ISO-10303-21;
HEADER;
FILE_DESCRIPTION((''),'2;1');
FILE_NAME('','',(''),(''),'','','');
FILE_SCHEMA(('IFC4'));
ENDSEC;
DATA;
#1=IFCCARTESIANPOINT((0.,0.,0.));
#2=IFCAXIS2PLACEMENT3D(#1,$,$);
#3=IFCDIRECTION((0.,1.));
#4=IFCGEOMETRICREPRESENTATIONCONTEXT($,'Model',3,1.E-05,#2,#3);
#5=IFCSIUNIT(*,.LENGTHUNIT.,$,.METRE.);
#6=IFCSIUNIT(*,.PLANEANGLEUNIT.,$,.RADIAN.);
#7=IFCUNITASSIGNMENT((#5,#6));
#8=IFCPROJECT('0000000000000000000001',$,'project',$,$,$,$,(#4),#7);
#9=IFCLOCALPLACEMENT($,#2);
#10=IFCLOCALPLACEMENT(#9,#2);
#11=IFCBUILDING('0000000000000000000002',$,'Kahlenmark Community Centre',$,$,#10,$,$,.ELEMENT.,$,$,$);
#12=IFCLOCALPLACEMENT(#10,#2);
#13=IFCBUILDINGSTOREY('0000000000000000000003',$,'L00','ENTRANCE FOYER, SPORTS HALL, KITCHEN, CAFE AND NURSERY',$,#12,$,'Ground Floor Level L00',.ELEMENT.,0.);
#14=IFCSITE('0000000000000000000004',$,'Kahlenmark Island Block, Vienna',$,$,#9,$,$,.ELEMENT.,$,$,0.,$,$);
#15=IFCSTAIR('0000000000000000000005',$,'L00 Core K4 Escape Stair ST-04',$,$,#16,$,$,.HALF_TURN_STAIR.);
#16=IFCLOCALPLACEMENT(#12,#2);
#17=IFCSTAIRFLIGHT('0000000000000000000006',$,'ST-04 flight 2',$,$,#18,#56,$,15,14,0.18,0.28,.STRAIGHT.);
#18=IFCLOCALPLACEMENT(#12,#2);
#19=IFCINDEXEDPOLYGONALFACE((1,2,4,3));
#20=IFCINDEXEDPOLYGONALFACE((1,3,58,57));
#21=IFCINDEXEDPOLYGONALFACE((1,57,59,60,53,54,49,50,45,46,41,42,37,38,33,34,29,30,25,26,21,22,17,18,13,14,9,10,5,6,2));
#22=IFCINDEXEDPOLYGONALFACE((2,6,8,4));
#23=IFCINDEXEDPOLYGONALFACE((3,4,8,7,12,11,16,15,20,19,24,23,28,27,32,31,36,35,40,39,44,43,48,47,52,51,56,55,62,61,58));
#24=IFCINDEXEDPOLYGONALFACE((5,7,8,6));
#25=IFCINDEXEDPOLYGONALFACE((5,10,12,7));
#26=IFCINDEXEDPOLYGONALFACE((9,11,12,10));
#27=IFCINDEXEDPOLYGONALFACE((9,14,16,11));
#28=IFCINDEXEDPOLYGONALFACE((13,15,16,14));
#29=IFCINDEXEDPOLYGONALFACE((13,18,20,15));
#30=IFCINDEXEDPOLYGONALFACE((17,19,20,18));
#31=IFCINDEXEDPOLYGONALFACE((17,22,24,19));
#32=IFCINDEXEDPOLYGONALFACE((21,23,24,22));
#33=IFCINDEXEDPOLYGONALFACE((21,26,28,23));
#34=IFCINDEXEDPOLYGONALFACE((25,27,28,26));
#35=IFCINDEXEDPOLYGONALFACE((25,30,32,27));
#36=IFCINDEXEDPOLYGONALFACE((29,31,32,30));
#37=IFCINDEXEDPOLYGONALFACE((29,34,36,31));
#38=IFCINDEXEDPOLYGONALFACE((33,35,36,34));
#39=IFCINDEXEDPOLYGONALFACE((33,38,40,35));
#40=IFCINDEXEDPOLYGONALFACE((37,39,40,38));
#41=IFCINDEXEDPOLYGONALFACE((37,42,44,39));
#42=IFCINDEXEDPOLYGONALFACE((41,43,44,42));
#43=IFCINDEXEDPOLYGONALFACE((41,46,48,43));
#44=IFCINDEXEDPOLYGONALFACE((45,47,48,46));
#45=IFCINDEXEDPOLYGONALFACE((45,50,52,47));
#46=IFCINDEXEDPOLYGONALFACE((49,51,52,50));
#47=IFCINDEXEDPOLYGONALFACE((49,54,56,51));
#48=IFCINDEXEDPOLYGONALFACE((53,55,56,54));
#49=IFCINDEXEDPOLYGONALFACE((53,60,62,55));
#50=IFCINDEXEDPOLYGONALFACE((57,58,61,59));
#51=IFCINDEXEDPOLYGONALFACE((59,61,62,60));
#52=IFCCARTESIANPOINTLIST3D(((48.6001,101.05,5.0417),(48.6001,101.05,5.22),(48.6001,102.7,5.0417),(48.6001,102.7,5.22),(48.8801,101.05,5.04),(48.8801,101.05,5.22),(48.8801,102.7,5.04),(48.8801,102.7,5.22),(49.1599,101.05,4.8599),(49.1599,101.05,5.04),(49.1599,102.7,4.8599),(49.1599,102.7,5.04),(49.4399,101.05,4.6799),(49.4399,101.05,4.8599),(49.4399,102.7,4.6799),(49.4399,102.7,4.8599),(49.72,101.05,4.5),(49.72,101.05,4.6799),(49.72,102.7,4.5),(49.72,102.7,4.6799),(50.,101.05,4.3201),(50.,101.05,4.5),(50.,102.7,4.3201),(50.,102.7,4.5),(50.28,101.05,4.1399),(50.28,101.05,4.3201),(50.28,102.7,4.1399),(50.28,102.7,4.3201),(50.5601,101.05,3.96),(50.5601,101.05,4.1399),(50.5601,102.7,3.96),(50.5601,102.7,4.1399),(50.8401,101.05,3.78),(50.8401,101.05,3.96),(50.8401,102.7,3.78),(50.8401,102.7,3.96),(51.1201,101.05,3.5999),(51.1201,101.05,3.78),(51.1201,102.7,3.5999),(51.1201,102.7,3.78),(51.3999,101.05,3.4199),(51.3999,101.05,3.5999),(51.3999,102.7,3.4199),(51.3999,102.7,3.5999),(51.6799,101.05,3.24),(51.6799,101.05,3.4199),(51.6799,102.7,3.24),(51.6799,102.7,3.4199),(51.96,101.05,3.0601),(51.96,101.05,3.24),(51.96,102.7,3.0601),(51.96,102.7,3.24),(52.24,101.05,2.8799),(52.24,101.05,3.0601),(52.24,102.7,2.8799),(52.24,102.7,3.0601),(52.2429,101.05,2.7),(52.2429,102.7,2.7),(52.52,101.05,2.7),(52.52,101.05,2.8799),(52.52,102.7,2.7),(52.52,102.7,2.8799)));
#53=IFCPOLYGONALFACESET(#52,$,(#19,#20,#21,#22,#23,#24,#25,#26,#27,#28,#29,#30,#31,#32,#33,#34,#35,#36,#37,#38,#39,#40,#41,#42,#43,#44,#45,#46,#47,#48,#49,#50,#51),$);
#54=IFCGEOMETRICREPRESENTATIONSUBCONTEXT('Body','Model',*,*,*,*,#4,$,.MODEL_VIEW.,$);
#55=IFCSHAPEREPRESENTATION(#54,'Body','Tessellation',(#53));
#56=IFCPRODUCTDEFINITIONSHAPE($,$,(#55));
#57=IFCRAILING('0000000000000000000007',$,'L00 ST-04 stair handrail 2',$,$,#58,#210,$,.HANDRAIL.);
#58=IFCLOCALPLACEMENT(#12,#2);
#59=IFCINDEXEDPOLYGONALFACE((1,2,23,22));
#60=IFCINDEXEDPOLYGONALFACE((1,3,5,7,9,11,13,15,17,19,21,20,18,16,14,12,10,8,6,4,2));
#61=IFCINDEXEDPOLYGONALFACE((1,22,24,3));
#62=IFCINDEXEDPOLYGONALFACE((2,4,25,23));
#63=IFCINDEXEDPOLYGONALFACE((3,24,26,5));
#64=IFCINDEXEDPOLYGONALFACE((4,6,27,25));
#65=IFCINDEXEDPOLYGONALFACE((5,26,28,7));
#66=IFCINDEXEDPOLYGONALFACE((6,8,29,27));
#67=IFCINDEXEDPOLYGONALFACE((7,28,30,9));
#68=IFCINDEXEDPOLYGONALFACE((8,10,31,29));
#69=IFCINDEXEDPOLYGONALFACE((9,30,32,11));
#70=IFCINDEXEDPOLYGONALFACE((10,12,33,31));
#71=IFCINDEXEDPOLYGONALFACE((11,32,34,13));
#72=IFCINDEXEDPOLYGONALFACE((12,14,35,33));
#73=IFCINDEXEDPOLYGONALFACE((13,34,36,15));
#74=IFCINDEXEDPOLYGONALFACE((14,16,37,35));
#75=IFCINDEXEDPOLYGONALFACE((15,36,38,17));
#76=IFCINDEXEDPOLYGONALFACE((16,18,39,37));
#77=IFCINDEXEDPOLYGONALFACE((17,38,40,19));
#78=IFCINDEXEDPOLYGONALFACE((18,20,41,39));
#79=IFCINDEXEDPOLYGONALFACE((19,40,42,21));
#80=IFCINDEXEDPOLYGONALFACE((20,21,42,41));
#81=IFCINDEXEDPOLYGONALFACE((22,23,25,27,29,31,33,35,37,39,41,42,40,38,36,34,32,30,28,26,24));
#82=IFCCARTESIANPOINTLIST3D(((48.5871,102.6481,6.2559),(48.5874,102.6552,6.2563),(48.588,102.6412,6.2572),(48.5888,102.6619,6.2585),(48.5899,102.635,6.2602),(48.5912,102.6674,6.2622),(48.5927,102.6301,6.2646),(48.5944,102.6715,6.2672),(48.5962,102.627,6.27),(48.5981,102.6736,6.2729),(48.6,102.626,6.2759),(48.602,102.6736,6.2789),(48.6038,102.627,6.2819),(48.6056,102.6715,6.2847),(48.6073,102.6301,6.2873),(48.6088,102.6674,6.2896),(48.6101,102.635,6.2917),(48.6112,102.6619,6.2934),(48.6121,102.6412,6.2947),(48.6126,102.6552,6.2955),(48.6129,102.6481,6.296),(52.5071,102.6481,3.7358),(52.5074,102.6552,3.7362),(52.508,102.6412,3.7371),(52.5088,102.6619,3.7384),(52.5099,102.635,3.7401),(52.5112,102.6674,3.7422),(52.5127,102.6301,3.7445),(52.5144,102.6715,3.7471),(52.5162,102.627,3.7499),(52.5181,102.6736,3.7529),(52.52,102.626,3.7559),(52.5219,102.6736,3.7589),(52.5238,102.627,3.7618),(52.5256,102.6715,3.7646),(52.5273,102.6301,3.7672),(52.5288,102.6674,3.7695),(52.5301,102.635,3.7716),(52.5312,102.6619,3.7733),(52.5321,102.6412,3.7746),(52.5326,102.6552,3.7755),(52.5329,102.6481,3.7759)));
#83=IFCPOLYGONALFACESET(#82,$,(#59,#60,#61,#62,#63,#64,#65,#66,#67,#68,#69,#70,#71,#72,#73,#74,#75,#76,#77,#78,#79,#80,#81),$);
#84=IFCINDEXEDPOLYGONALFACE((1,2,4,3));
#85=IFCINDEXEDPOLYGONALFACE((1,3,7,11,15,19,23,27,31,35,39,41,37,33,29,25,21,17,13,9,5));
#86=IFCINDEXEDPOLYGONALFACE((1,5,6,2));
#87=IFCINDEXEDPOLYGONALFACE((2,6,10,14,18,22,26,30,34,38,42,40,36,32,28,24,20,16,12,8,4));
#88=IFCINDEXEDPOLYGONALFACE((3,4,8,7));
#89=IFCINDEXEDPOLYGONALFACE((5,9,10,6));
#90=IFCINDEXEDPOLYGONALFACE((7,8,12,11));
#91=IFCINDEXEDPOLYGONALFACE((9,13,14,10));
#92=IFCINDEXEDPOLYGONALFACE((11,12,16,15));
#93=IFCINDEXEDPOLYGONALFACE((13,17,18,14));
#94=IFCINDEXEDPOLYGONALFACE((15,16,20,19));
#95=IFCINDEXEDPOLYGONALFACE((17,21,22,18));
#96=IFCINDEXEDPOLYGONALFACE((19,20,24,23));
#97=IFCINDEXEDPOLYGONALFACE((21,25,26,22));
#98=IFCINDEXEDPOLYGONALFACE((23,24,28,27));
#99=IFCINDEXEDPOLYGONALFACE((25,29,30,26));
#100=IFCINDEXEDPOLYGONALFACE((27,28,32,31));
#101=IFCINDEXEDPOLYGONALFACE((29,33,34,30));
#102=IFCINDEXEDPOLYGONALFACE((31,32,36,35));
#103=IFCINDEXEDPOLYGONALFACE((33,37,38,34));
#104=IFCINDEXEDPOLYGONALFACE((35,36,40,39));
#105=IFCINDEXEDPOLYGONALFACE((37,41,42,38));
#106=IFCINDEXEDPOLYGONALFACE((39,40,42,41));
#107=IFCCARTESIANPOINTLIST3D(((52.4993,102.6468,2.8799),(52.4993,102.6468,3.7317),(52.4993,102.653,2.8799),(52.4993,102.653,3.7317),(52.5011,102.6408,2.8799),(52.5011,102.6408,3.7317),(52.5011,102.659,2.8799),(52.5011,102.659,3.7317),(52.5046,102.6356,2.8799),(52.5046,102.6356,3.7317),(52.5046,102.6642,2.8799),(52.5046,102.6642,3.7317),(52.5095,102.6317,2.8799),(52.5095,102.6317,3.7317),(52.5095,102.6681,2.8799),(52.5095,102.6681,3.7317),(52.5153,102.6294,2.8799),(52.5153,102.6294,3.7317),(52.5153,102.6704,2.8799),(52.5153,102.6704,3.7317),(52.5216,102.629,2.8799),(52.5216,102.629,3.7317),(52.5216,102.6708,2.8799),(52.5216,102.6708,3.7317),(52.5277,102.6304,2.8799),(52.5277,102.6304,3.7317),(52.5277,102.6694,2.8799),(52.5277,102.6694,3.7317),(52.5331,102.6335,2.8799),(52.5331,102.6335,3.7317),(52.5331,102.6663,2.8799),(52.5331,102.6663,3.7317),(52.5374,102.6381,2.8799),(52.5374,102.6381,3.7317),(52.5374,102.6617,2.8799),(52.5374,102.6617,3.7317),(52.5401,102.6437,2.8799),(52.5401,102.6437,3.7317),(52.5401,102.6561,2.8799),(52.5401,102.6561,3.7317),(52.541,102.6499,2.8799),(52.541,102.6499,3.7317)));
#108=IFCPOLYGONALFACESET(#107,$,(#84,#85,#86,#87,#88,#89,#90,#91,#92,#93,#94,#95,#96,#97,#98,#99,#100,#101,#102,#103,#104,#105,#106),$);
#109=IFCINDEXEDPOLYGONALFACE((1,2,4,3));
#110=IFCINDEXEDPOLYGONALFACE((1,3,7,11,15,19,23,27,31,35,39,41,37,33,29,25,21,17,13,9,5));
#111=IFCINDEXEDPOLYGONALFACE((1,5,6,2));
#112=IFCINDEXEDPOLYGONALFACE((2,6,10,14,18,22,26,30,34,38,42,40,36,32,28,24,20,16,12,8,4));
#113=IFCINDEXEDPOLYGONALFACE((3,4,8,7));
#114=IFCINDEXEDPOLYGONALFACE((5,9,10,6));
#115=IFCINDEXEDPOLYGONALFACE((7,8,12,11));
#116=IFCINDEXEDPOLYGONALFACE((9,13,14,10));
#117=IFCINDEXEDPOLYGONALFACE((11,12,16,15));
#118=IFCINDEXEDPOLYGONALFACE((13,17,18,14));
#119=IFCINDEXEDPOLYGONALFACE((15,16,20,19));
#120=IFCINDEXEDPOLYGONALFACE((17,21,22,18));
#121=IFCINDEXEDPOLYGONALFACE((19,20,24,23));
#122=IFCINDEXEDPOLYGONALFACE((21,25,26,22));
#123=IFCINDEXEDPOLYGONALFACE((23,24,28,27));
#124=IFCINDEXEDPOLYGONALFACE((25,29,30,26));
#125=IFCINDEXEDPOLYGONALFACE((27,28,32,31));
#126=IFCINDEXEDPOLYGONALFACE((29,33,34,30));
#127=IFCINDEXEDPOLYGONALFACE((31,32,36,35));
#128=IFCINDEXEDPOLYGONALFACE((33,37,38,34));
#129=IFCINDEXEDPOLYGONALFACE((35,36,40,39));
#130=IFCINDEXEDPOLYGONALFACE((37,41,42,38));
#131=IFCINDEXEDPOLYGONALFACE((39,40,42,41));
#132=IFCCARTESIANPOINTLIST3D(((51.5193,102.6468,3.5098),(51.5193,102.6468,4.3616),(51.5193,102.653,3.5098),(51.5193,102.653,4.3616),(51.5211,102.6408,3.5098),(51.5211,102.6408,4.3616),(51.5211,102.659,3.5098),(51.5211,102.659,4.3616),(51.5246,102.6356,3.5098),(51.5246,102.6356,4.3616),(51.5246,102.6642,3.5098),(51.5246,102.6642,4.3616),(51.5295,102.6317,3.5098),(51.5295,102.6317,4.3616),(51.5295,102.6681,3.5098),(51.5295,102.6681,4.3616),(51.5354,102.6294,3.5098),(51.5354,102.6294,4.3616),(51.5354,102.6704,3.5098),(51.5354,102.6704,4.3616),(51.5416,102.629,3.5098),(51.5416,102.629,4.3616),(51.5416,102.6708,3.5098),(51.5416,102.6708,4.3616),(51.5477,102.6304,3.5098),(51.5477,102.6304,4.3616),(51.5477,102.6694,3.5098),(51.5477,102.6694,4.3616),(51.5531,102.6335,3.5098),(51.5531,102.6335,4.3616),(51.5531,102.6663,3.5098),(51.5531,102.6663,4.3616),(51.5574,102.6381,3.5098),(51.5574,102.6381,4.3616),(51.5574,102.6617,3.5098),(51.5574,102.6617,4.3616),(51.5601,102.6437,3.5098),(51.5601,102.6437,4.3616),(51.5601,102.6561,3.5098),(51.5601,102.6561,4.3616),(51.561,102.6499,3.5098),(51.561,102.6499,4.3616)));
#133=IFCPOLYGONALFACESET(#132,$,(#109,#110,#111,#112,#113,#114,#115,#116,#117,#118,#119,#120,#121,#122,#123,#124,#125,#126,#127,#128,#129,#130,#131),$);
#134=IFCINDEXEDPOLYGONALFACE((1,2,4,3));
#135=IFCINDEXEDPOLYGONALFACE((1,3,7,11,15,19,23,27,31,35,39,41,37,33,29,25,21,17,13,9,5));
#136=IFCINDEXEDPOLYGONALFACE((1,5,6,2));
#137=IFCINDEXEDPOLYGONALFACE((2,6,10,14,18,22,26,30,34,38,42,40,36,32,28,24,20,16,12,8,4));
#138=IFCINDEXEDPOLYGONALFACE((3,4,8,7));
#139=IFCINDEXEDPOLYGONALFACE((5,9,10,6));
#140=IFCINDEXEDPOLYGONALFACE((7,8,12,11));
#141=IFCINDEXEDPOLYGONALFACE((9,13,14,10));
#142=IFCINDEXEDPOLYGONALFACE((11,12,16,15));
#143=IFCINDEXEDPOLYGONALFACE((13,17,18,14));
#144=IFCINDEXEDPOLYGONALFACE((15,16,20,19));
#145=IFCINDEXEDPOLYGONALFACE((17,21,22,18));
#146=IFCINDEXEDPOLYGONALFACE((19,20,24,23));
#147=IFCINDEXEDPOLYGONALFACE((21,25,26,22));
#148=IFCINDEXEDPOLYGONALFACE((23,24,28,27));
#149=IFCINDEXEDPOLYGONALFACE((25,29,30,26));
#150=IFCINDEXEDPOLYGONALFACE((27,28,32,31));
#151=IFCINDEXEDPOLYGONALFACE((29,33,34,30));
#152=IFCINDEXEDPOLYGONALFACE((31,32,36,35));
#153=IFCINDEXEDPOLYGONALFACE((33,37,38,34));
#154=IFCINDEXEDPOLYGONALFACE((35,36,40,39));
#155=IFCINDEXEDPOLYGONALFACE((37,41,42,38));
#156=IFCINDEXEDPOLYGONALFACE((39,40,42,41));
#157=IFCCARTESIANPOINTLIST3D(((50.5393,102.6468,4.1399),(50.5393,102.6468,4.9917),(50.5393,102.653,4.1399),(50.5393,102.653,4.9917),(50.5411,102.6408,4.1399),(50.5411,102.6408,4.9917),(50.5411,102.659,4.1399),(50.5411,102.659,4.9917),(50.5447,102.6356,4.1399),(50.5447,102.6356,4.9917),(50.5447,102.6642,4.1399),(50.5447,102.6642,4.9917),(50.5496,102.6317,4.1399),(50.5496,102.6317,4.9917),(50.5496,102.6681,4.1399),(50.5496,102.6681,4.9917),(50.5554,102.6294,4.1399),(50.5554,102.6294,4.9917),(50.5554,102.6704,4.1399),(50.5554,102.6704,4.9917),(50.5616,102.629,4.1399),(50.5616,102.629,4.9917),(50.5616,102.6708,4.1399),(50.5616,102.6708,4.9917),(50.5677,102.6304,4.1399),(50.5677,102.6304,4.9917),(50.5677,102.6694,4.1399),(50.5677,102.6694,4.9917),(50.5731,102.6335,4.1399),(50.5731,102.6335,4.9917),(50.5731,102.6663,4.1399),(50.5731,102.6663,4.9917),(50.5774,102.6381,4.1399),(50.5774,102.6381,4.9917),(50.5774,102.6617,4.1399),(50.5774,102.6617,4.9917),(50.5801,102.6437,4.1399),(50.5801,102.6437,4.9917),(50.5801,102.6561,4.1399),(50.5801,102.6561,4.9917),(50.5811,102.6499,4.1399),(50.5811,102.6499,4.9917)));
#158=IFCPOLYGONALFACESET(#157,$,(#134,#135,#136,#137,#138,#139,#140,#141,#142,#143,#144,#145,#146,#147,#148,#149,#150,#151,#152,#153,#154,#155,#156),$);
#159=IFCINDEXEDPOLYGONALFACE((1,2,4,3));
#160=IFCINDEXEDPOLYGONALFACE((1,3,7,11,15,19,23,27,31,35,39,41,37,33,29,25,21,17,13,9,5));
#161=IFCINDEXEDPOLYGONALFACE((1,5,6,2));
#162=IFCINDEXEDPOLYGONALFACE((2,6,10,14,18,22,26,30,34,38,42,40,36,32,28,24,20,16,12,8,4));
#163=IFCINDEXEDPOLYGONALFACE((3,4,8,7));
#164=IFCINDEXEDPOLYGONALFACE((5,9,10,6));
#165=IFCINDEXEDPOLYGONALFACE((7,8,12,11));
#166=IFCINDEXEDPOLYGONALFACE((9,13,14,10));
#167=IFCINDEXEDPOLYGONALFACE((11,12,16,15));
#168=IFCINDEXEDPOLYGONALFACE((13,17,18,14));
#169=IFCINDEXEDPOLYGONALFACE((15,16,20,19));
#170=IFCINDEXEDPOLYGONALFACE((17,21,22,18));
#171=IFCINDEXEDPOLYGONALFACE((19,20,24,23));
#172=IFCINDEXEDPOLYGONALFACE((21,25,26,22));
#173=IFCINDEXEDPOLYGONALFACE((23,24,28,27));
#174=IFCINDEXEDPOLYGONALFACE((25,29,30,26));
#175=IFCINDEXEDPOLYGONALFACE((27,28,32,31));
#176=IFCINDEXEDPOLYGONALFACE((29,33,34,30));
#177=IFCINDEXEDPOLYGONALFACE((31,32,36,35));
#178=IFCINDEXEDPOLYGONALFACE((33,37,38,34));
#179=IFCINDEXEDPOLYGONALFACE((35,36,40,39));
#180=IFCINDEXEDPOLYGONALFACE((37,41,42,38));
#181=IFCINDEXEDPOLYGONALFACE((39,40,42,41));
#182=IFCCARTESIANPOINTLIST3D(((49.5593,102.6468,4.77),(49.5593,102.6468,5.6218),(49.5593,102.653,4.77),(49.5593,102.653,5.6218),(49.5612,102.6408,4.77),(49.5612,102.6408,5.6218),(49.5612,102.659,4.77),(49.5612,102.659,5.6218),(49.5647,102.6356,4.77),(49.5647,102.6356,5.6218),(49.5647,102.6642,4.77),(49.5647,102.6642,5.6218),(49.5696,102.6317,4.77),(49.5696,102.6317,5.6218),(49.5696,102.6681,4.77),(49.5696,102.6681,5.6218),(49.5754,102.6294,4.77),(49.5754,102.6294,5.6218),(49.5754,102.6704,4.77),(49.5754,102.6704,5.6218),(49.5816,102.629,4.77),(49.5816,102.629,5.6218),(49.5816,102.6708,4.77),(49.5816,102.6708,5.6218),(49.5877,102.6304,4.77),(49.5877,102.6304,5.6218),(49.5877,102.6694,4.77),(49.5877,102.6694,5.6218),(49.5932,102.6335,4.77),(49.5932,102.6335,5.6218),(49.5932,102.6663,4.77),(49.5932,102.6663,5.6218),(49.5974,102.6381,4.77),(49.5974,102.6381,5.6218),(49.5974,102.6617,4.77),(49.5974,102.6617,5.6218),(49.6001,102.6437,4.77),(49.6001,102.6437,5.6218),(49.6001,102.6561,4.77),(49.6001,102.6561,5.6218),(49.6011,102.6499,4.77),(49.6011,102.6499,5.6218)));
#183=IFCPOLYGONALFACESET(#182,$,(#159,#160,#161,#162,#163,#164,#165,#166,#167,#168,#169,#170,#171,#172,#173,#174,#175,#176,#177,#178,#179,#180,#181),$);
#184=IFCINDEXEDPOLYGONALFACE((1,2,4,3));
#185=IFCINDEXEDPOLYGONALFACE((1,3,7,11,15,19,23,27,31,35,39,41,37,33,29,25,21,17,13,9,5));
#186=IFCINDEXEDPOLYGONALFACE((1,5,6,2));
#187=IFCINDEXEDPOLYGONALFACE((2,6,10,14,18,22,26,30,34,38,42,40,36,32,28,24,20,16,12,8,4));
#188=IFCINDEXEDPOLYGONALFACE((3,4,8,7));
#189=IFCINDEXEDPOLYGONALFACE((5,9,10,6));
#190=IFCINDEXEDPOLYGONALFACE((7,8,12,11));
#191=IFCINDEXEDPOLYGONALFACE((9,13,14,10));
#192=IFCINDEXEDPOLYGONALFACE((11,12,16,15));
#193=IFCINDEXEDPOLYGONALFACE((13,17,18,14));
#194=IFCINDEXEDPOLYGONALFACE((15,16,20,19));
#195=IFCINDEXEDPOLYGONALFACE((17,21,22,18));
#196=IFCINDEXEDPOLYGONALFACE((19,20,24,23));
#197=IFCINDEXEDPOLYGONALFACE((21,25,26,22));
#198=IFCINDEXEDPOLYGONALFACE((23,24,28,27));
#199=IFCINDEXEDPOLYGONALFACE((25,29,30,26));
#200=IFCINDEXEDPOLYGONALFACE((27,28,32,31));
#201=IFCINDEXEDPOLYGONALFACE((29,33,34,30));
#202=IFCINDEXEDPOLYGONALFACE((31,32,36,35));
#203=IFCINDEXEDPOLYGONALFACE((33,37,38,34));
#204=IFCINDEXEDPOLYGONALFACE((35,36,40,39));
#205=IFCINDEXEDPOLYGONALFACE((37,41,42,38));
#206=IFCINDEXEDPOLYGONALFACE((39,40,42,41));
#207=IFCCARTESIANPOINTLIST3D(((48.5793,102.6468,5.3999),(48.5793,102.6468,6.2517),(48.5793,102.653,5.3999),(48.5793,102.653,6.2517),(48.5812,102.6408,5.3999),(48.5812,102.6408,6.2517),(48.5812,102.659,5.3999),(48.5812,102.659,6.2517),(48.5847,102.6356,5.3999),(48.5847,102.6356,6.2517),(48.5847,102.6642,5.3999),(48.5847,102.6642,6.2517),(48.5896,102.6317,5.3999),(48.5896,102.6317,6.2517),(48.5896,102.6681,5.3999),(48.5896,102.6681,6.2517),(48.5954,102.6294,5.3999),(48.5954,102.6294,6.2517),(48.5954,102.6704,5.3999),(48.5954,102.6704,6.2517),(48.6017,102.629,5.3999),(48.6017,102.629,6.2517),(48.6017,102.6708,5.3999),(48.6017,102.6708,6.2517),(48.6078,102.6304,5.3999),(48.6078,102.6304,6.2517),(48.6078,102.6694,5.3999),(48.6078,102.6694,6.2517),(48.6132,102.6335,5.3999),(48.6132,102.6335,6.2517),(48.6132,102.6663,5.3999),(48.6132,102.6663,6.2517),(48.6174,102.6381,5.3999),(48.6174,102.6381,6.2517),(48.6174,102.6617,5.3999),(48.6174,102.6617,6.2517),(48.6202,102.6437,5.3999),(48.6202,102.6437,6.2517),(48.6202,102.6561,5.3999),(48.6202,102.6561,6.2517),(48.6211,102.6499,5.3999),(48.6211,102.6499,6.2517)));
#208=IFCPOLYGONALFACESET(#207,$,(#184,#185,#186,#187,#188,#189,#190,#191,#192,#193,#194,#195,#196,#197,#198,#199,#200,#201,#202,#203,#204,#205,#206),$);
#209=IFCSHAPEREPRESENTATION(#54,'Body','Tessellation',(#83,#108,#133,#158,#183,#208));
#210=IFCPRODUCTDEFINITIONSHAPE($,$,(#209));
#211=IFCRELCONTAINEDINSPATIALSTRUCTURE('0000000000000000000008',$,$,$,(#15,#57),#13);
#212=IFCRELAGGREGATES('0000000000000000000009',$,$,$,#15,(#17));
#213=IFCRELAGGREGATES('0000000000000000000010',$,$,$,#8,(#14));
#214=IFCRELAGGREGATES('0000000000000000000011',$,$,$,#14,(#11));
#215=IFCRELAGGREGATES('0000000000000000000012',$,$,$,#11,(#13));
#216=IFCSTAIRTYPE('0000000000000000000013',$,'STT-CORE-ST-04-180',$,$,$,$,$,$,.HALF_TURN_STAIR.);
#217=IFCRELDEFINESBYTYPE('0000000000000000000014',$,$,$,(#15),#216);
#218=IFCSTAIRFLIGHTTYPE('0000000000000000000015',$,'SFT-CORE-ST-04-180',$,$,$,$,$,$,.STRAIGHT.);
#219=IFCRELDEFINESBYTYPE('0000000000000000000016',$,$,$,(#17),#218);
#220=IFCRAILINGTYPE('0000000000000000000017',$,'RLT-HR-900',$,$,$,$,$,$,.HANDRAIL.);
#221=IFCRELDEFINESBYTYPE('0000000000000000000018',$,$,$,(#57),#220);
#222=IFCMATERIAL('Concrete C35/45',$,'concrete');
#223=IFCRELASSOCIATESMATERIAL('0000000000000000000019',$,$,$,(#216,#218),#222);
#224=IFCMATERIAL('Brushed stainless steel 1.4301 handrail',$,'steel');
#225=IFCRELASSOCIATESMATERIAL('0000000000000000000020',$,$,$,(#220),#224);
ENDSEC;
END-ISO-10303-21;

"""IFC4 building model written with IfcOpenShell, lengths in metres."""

from ifc_helpers import new_model, si_unit, direction, frame, origin, origin_2d, place, context, subcontext, project, spatial, polyline, circle, outline, extrude, material, type_object, element, aggregate, save


model = new_model("IFC4")

# Units and contexts
model_context = context("Model", 3, precision=1e-05, world=origin(), true_north=direction((0.0, 1.0)))
body_context = subcontext(model_context, "Body", "Model", "MODEL_VIEW")
ifc_project = project(units=[si_unit("LENGTHUNIT", "METRE"), si_unit("PLANEANGLEUNIT", "RADIAN")], contexts=[model_context])

# Site, building, storey
site_placement = place(None, origin())
site = spatial("IfcSite", under=ifc_project, at=site_placement, Name="Kahlenmark Island Block, Vienna", CompositionType="ELEMENT", RefElevation=0.0)
building_placement = place(site_placement, origin())
building = spatial("IfcBuilding", under=site, at=building_placement, Name="Kahlenmark Community Centre", CompositionType="ELEMENT")
storey_placement = place(building_placement, origin())
storey = spatial("IfcBuildingStorey", under=building, at=storey_placement, Name="L00", Description="ENTRANCE FOYER, SPORTS HALL, KITCHEN, CAFE AND NURSERY", LongName="Ground Floor Level L00", CompositionType="ELEMENT", Elevation=0.0)

# Shared definitions
ifc_material_1 = material(Name="Concrete C35/45", Category="concrete")

# Stair, stair flight
stair_type = type_object("IfcStairType", Name="STT-CORE-ST-04-180", PredefinedType="HALF_TURN_STAIR", material=ifc_material_1)
stair_placement = place(storey_placement, origin())
stair = element("IfcStair", 1, at=stair_placement, inside=storey, type_object=stair_type, Name="L00 Core K4 Escape Stair ST-04", PredefinedType="HALF_TURN_STAIR")
stair_flight_type = type_object("IfcStairFlightType", Name="SFT-CORE-ST-04-180", PredefinedType="STRAIGHT", material=ifc_material_1)
stair_flight_placement = place(storey_placement, frame((52.52, 101.875, 2.7), z_axis=(0.0, 0.0, 1.0), x_axis=(-1.0, 0.0, 0.0)))
stair_flight = element("IfcStairFlight", 2, at=stair_flight_placement, type_object=stair_flight_type, Name="ST-04 flight 2", NumberOfRisers=15, NumberOfTreads=14, PredefinedType="STRAIGHT", RiserHeight=0.18, TreadLength=0.28, context=body_context, shape_type="SweptSolid", body=[
    extrude(outline(polyline([(0.0, 0.0), (0.0, 0.1799), (0.28, 0.1799), (0.28, 0.3601), (0.5601, 0.3601), (0.5601, 0.54), (0.8401, 0.54), (0.8401, 0.72), (1.1201, 0.72), (1.1201, 0.8999), (1.3999, 0.8999), (1.3999, 1.0801), (1.6799, 1.0801), (1.6799, 1.26), (1.96, 1.26), (1.96, 1.4399), (2.24, 1.4399), (2.24, 1.6201), (2.52, 1.6201), (2.52, 1.8), (2.8, 1.8), (2.8, 1.98), (3.0801, 1.98), (3.0801, 2.1599), (3.3601, 2.1599), (3.3601, 2.3401), (3.6399, 2.3401), (3.6399, 2.52), (3.9199, 2.52), (3.9199, 2.7), (3.9199, 2.3418), (0.2771, 0.0), (0.0, 0.0)])), frame((0.0, 0.825, 0.0), z_axis=(0.0, -1.0, 0.0), x_axis=(1.0, 0.0, 0.0)), (0.0, 0.0, 1.0), 1.6499),
])
aggregate(stair, [stair_flight])

# Railing
ifc_material_2 = material(Name="Brushed stainless steel 1.4301 handrail", Category="steel")
railing_type_1 = type_object("IfcRailingType", Name="RLT-HR-900", PredefinedType="HANDRAIL", material=ifc_material_2)
railing_1_placement = place(storey_placement, frame((52.52, 102.6499, 2.8799)))
element("IfcRailing", 3, at=railing_1_placement, inside=storey, type_object=railing_type_1, Name="L00 ST-04 stair handrail 2", PredefinedType="HANDRAIL", context=body_context, shape_type="SweptSolid", body=[
    extrude(circle(Radius=0.0239, at=origin_2d()), frame((0.0, 0.0, 0.876), z_axis=(-0.841172, 0.0, 0.540768), x_axis=(0.0, -1.0, 0.0)), (0.0, 0.0, 1.0), 4.6602),
    extrude(circle(Radius=0.021, at=origin_2d()), origin(), (0.0, 0.0, 1.0), 0.8518),
    extrude(circle(Radius=0.021, at=origin_2d()), frame((-0.98, 0.0, 0.6299)), (0.0, 0.0, 1.0), 0.8518),
    extrude(circle(Radius=0.021, at=origin_2d()), frame((-1.96, 0.0, 1.26)), (0.0, 0.0, 1.0), 0.8518),
    extrude(circle(Radius=0.021, at=origin_2d()), frame((-2.9399, 0.0, 1.8901)), (0.0, 0.0, 1.0), 0.8518),
    extrude(circle(Radius=0.021, at=origin_2d()), frame((-3.9199, 0.0, 2.52)), (0.0, 0.0, 1.0), 0.8518),
])

save(model, "model.ifc")
